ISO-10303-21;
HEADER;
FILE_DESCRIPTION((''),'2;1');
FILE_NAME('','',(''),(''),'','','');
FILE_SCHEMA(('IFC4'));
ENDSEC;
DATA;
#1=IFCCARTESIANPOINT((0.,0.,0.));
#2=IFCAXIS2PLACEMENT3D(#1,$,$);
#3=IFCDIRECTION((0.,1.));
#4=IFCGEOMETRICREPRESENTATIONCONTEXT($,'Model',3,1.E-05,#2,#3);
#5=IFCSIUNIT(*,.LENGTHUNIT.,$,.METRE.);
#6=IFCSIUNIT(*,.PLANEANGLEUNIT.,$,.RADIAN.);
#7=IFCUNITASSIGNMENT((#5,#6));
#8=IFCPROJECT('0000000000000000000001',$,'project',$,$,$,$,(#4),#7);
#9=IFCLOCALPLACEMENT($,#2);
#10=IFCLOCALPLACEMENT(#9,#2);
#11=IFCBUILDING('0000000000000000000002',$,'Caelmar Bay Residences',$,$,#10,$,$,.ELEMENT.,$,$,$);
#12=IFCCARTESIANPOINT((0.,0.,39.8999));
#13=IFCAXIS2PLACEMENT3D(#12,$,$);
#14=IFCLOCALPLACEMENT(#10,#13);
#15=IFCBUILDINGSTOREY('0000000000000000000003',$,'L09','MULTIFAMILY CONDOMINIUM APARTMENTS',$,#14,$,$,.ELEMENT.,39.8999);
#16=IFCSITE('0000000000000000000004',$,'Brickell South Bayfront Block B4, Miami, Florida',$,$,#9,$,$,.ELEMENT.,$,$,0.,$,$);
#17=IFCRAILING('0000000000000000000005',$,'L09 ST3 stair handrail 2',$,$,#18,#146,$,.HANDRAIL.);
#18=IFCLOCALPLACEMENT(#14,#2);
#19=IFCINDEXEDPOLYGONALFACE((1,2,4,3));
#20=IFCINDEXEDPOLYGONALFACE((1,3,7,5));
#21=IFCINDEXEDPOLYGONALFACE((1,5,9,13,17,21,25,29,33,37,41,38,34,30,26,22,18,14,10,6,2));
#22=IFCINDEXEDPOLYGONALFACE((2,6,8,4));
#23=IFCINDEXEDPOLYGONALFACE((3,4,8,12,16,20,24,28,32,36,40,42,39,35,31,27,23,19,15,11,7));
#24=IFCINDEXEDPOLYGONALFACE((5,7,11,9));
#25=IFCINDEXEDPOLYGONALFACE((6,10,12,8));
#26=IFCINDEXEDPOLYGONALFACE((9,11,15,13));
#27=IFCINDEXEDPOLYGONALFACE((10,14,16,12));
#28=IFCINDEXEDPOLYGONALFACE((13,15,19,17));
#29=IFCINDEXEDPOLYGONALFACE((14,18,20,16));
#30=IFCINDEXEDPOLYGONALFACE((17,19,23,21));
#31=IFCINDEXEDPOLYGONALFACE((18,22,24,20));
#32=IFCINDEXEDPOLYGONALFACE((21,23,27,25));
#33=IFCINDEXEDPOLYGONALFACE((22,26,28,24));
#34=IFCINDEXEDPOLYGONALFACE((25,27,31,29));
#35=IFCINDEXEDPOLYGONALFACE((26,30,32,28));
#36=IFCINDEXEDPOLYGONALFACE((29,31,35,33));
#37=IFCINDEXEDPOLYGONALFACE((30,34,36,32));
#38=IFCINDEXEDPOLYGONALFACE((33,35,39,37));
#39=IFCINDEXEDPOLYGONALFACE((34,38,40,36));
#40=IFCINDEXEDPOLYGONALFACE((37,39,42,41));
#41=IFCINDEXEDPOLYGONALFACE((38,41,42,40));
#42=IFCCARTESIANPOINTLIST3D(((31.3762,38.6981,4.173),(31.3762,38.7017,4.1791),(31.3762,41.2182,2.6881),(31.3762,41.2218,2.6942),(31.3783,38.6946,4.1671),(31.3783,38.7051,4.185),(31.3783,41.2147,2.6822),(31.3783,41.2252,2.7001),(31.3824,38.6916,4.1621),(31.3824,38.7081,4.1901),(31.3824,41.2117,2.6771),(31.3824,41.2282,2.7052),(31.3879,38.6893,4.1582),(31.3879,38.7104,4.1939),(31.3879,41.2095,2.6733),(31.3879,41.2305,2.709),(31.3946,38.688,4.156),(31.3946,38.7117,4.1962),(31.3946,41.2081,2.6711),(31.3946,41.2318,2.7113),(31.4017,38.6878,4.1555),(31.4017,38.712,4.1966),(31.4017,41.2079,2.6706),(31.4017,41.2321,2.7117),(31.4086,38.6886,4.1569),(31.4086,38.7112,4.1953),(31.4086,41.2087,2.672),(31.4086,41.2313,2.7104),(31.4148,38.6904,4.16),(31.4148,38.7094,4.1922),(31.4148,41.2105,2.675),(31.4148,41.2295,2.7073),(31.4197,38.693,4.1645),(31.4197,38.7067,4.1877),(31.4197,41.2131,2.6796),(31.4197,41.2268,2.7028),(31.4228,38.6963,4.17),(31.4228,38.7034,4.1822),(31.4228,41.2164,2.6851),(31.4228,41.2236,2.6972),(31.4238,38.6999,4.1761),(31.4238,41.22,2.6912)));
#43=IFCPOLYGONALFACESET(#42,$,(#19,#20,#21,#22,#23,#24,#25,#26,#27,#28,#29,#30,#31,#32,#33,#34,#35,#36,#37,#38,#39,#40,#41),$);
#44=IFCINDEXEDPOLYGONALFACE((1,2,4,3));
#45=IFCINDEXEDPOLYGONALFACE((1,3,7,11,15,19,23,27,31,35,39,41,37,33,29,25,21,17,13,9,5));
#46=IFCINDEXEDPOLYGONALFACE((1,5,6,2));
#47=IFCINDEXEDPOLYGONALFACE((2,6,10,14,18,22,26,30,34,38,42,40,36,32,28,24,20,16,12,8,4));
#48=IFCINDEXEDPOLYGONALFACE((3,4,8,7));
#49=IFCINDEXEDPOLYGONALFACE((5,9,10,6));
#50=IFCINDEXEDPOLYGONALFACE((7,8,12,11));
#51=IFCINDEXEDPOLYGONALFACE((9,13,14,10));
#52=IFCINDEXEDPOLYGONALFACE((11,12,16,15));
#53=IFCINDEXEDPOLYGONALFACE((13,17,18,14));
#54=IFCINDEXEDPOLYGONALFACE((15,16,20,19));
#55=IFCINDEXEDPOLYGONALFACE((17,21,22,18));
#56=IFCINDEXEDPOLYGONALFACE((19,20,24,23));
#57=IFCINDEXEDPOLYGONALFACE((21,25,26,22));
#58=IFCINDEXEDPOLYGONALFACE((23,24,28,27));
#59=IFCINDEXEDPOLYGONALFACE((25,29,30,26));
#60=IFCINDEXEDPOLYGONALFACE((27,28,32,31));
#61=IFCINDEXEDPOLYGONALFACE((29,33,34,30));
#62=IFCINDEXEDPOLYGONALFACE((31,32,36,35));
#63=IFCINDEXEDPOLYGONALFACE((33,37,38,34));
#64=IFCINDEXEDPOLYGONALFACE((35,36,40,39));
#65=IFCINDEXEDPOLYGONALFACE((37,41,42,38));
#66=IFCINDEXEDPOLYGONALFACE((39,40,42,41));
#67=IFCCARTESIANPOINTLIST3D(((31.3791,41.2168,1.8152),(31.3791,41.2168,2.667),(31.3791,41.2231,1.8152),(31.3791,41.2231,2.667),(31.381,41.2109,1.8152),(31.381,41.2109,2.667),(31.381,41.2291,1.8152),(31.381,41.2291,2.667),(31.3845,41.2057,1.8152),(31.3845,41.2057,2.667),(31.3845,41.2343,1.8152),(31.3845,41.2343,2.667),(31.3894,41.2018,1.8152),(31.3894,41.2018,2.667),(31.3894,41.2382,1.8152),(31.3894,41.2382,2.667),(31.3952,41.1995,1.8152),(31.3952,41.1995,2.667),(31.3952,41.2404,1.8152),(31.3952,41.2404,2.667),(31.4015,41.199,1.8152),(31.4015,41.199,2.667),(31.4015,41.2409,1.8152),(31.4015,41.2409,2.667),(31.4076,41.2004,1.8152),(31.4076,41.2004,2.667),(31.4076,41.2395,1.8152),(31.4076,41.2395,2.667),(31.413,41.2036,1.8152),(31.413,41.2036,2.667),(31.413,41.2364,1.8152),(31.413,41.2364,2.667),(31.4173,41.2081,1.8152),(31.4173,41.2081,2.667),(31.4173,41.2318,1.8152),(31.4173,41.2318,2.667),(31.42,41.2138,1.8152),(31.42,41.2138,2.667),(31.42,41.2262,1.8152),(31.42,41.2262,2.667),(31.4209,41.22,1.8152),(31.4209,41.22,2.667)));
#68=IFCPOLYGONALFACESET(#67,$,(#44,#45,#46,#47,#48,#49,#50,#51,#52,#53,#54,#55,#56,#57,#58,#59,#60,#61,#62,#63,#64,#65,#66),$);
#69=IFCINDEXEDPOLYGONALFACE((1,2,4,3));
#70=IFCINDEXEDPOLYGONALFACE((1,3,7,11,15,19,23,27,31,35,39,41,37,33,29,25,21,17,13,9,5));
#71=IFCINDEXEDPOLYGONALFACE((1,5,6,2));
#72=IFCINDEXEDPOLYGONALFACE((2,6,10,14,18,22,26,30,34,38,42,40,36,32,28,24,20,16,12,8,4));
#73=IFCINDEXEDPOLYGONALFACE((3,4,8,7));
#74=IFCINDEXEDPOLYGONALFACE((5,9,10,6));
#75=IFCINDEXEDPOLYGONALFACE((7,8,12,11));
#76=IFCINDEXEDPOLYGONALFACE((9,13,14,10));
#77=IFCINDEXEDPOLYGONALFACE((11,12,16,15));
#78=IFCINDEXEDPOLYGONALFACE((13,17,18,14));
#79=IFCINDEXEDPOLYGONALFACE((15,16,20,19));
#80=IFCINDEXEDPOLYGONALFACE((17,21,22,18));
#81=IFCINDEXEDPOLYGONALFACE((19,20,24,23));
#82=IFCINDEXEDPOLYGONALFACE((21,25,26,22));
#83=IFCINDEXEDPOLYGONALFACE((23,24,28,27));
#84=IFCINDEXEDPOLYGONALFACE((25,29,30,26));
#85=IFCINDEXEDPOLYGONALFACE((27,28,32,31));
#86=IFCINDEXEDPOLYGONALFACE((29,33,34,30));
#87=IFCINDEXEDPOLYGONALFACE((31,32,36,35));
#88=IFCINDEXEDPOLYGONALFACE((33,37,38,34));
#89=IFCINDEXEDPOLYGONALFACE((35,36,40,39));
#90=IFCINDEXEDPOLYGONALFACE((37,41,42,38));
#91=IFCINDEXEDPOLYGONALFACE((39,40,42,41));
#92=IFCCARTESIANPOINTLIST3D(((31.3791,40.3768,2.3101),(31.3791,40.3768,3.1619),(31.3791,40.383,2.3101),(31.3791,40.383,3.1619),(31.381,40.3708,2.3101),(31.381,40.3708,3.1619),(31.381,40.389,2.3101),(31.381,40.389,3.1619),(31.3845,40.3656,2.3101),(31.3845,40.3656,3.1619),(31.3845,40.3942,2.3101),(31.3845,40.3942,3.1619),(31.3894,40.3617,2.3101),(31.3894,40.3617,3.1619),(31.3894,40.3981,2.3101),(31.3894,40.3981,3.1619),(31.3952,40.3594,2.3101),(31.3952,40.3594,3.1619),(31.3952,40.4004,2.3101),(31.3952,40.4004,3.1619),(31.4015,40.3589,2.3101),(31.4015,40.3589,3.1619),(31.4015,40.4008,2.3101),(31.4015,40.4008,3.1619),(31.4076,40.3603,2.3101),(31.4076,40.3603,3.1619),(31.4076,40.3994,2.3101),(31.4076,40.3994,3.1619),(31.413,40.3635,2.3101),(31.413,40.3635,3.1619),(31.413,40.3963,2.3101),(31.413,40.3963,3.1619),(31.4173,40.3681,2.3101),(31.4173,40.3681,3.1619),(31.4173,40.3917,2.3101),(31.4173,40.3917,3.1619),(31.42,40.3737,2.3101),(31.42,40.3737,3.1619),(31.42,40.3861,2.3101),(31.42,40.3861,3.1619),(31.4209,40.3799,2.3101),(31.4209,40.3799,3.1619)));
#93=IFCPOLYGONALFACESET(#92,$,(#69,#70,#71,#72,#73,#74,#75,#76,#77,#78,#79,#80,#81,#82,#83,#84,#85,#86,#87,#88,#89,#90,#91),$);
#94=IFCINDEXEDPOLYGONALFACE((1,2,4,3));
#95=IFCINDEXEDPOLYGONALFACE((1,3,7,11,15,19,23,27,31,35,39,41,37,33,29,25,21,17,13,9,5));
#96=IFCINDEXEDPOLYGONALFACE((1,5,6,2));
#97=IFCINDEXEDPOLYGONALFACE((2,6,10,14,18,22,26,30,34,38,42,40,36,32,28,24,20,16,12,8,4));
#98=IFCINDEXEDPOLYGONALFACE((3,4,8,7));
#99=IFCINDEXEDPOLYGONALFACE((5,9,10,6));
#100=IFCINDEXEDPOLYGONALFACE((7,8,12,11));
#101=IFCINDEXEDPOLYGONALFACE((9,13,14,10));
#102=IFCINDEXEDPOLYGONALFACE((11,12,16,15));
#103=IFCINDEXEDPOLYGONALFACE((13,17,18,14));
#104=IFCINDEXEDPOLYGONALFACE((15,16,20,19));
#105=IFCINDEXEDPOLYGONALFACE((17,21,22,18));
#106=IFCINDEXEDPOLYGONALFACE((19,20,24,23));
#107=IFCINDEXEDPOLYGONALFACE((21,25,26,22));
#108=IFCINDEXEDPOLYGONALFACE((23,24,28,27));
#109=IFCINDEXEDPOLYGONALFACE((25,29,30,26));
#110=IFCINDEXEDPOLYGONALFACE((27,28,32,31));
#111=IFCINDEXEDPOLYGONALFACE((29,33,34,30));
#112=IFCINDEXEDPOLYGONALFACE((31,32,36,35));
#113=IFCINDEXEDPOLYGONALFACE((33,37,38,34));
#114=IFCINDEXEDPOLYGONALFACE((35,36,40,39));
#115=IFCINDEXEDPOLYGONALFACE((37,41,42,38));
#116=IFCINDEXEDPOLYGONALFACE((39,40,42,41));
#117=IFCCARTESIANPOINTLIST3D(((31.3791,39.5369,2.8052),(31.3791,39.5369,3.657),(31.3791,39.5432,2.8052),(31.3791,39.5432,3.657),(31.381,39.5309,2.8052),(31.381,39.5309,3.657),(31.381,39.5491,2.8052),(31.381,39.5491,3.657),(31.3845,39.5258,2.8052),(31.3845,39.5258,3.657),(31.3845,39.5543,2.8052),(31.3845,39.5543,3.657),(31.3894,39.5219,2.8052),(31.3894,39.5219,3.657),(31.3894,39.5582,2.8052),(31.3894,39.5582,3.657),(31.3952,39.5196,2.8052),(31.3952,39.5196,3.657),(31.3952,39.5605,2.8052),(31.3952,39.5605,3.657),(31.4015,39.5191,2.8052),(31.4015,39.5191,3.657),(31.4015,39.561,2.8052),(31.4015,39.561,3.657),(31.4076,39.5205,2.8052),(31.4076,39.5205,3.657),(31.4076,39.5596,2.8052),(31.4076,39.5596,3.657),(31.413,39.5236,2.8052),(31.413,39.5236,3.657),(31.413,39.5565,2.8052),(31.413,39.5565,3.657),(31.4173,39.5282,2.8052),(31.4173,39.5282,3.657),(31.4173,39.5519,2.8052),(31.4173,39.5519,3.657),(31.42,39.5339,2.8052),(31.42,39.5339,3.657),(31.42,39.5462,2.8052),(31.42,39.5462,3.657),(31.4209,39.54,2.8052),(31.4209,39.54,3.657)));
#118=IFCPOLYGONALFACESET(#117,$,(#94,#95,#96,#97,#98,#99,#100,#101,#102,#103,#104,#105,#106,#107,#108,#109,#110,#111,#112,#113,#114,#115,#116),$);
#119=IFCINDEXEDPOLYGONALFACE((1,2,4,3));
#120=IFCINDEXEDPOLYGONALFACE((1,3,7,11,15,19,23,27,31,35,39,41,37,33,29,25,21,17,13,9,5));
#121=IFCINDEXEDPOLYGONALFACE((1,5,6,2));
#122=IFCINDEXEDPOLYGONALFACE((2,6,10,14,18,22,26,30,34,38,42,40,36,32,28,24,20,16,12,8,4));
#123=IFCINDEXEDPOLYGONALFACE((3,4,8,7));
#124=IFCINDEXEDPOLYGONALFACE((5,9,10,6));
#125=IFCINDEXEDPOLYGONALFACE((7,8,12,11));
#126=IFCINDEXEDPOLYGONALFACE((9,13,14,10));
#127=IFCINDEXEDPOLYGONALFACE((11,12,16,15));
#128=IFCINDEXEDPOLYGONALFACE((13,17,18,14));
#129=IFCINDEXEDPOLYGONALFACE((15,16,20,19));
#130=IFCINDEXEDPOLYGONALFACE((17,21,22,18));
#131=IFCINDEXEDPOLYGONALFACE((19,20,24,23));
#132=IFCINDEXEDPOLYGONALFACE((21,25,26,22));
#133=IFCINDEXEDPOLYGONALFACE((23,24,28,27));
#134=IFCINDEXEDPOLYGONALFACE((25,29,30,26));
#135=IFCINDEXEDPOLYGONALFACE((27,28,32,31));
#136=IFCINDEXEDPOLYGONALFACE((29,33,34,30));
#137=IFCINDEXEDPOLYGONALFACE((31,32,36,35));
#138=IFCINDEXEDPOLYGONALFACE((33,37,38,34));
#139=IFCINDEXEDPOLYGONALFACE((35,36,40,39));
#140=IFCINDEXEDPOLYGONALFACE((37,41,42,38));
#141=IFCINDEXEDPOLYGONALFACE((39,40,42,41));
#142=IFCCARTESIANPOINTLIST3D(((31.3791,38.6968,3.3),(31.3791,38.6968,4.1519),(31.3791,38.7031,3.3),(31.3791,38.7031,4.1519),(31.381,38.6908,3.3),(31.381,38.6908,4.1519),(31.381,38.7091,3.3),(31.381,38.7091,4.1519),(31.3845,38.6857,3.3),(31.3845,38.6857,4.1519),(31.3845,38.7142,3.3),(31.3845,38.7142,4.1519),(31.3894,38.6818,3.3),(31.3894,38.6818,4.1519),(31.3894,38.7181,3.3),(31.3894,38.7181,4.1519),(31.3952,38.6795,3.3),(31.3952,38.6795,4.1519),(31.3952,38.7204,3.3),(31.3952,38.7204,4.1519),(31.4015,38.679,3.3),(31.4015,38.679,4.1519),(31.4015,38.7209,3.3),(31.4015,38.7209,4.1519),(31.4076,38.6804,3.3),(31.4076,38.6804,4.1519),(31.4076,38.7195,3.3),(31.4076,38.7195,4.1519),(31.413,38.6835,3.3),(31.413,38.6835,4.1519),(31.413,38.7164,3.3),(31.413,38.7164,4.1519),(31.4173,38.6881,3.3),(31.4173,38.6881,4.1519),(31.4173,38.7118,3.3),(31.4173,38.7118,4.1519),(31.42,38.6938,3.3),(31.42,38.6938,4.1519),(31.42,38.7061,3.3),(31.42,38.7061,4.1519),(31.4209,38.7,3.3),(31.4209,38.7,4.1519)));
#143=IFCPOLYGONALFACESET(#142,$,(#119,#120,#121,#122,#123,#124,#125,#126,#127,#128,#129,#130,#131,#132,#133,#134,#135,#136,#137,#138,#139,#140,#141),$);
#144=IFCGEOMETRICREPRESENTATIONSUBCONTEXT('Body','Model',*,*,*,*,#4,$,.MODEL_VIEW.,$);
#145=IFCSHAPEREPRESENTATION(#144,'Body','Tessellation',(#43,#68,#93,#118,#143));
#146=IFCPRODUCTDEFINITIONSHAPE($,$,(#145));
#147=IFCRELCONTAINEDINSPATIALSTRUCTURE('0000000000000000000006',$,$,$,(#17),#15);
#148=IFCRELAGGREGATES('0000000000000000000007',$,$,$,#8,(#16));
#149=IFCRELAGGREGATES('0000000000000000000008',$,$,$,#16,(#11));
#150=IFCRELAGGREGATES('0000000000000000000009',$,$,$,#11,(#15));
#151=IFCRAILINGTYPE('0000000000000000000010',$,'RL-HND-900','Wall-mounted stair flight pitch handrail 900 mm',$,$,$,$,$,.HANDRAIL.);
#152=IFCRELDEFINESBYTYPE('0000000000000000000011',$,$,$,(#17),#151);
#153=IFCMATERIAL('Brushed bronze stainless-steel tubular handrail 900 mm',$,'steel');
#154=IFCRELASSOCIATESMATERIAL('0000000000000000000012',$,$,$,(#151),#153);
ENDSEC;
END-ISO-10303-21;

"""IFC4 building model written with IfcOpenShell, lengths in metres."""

from ifc_helpers import new_model, si_unit, direction, frame, origin, origin_2d, place, context, subcontext, project, spatial, circle, extrude, material, type_object, element, save


model = new_model("IFC4")

# Units and contexts
model_context = context("Model", 3, precision=1e-05, world=origin(), true_north=direction((0.0, 1.0)))
body_context = subcontext(model_context, "Body", "Model", "MODEL_VIEW")
ifc_project = project(units=[si_unit("LENGTHUNIT", "METRE"), si_unit("PLANEANGLEUNIT", "RADIAN")], contexts=[model_context])

# Site, building, storey
site_placement = place(None, origin())
site = spatial("IfcSite", under=ifc_project, at=site_placement, Name="Brickell South Bayfront Block B4, Miami, Florida", CompositionType="ELEMENT", RefElevation=0.0)
building_placement = place(site_placement, origin())
building = spatial("IfcBuilding", under=site, at=building_placement, Name="Caelmar Bay Residences", CompositionType="ELEMENT")
storey_placement = place(building_placement, frame((0.0, 0.0, 39.8999)))
storey = spatial("IfcBuildingStorey", under=building, at=storey_placement, Name="L09", Description="MULTIFAMILY CONDOMINIUM APARTMENTS", CompositionType="ELEMENT", Elevation=39.8999)

# Railing
ifc_material_1 = material(Name="Brushed bronze stainless-steel tubular handrail 900 mm", Category="steel")
railing_type_1 = type_object("IfcRailingType", Name="RL-HND-900", Description="Wall-mounted stair flight pitch handrail 900 mm", PredefinedType="HANDRAIL", material=ifc_material_1)
railing_1_placement = place(storey_placement, frame((31.3999, 41.22, 1.8152)))
element("IfcRailing", 1, at=railing_1_placement, inside=storey, type_object=railing_type_1, Name="L09 ST3 stair handrail 2", PredefinedType="HANDRAIL", context=body_context, shape_type="SweptSolid", body=[
    extrude(circle(Radius=0.0239, at=origin_2d()), frame((0.0, 0.0, 0.876), z_axis=(0.0, -0.861561, 0.507655), x_axis=(1.0, 0.0, 0.0)), (0.0, 0.0, 1.0), 2.925),
    extrude(circle(Radius=0.021, at=origin_2d()), origin(), (0.0, 0.0, 1.0), 0.8518),
    extrude(circle(Radius=0.021, at=origin_2d()), frame((0.0, -0.8401, 0.4949)), (0.0, 0.0, 1.0), 0.8518),
    extrude(circle(Radius=0.021, at=origin_2d()), frame((0.0, -1.6799, 0.99)), (0.0, 0.0, 1.0), 0.8518),
    extrude(circle(Radius=0.021, at=origin_2d()), frame((0.0, -2.52, 1.4849)), (0.0, 0.0, 1.0), 0.8518),
])

save(model, "model.ifc")
